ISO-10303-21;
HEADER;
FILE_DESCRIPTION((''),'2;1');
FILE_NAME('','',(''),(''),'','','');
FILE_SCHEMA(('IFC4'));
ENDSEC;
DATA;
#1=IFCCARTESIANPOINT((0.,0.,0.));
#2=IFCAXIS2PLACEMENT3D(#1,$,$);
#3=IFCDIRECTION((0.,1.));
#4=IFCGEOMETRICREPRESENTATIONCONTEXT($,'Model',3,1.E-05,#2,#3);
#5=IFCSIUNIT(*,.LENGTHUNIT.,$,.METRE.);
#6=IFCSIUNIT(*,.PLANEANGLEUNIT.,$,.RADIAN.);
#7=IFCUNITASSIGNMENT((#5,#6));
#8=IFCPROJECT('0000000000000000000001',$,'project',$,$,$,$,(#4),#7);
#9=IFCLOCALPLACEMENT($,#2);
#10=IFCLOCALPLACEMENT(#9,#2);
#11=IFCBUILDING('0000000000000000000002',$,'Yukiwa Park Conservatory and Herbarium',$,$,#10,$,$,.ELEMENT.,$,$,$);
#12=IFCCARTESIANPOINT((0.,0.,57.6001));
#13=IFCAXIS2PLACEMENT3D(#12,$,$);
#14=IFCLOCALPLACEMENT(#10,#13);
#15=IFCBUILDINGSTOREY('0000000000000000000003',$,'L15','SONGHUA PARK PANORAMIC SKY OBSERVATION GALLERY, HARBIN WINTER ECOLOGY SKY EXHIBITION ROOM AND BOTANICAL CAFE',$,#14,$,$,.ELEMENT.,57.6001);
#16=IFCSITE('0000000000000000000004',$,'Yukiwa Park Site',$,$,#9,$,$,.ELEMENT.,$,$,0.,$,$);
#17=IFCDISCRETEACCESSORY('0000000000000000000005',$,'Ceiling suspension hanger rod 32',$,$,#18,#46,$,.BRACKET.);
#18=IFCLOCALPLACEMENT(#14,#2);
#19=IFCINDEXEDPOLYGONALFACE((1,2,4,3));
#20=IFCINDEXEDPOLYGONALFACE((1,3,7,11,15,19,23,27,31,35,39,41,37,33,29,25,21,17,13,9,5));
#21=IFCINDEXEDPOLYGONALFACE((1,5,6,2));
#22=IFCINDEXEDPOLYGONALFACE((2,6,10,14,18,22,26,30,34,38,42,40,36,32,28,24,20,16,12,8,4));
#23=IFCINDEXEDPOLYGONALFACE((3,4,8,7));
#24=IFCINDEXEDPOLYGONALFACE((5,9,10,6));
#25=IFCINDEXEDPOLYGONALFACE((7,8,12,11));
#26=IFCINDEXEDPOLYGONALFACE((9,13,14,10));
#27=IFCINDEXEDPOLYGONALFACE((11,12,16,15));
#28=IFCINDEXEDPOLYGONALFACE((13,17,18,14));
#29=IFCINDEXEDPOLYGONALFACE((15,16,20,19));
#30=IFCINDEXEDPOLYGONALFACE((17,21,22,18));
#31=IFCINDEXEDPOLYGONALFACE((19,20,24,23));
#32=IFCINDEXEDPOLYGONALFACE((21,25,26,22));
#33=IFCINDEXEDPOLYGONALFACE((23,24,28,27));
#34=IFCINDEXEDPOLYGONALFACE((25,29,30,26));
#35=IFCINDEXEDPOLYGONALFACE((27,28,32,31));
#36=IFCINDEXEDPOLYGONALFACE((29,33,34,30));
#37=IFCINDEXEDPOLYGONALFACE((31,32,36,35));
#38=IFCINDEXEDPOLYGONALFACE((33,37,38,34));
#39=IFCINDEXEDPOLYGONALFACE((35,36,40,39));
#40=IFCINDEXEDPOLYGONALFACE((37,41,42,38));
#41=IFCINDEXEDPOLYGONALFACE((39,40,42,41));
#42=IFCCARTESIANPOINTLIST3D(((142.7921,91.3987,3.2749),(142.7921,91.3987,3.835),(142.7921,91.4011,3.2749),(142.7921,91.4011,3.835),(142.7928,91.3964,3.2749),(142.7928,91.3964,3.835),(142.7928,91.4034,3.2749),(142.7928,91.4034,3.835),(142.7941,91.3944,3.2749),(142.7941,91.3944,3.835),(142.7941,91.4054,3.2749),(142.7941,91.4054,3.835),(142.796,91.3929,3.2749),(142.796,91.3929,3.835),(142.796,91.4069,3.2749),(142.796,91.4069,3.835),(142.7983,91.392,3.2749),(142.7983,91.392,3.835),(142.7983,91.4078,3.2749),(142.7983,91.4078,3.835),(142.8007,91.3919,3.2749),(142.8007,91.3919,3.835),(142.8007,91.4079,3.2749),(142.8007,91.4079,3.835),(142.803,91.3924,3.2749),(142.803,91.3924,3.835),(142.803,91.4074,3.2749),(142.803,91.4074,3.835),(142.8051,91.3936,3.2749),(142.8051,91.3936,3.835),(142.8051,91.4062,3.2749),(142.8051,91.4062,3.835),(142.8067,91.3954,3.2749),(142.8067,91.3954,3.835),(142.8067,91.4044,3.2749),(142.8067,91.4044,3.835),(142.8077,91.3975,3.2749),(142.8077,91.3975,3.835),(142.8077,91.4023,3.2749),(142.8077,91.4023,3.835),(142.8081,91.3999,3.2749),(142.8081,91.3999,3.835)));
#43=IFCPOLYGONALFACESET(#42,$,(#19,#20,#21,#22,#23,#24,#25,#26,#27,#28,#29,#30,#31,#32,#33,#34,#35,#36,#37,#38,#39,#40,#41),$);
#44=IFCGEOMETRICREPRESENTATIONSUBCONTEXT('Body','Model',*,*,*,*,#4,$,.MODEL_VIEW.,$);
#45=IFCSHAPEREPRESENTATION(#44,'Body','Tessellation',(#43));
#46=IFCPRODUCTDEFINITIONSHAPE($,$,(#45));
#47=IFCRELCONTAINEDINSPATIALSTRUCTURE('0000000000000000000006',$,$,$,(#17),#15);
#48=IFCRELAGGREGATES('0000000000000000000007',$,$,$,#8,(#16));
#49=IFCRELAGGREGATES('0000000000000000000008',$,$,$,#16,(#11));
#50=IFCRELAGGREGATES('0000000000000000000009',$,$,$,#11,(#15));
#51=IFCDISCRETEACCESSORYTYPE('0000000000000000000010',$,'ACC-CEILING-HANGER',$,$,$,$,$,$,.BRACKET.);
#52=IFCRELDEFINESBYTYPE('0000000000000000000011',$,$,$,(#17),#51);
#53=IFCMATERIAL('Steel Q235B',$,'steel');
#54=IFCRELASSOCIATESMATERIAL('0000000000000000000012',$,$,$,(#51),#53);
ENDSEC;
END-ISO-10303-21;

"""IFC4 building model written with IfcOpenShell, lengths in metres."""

from ifc_helpers import new_model, si_unit, direction, frame, origin, origin_2d, place, context, subcontext, project, spatial, circle, extrude, material, type_object, element, save


model = new_model("IFC4")

# Units and contexts
model_context = context("Model", 3, precision=1e-05, world=origin(), true_north=direction((0.0, 1.0)))
body_context = subcontext(model_context, "Body", "Model", "MODEL_VIEW")
ifc_project = project(units=[si_unit("LENGTHUNIT", "METRE"), si_unit("PLANEANGLEUNIT", "RADIAN")], contexts=[model_context])

# Site, building, storey
site_placement = place(None, origin())
site = spatial("IfcSite", under=ifc_project, at=site_placement, Name="Yukiwa Park Site", CompositionType="ELEMENT", RefElevation=0.0)
building_placement = place(site_placement, origin())
building = spatial("IfcBuilding", under=site, at=building_placement, Name="Yukiwa Park Conservatory and Herbarium", CompositionType="ELEMENT")
storey_placement = place(building_placement, frame((0.0, 0.0, 57.6001)))
storey = spatial("IfcBuildingStorey", under=building, at=storey_placement, Name="L15", Description="SONGHUA PARK PANORAMIC SKY OBSERVATION GALLERY, HARBIN WINTER ECOLOGY SKY EXHIBITION ROOM AND BOTANICAL CAFE", CompositionType="ELEMENT", Elevation=57.6001)

# Discrete accessory
ifc_material_1 = material(Name="Steel Q235B", Category="steel")
discrete_accessory_type = type_object("IfcDiscreteAccessoryType", Name="ACC-CEILING-HANGER", PredefinedType="BRACKET", material=ifc_material_1)
for number, where, z_axis, x_axis, name in (
    (1, (142.8, 91.3999, 3.2749), (0.0, 0.0, 1.0), (1.0, 0.0, 0.0), "Ceiling suspension hanger rod 32"),
):
    element("IfcDiscreteAccessory", number, at=place(storey_placement, frame(where, z_axis=z_axis, x_axis=x_axis)), inside=storey, type_object=discrete_accessory_type, Name=name, PredefinedType="BRACKET", context=body_context, shape_type="SweptSolid", body=[
        extrude(circle(Radius=0.0081, at=origin_2d()), origin(), (0.0, 0.0, 1.0), 0.5601),
    ])

save(model, "model.ifc")
